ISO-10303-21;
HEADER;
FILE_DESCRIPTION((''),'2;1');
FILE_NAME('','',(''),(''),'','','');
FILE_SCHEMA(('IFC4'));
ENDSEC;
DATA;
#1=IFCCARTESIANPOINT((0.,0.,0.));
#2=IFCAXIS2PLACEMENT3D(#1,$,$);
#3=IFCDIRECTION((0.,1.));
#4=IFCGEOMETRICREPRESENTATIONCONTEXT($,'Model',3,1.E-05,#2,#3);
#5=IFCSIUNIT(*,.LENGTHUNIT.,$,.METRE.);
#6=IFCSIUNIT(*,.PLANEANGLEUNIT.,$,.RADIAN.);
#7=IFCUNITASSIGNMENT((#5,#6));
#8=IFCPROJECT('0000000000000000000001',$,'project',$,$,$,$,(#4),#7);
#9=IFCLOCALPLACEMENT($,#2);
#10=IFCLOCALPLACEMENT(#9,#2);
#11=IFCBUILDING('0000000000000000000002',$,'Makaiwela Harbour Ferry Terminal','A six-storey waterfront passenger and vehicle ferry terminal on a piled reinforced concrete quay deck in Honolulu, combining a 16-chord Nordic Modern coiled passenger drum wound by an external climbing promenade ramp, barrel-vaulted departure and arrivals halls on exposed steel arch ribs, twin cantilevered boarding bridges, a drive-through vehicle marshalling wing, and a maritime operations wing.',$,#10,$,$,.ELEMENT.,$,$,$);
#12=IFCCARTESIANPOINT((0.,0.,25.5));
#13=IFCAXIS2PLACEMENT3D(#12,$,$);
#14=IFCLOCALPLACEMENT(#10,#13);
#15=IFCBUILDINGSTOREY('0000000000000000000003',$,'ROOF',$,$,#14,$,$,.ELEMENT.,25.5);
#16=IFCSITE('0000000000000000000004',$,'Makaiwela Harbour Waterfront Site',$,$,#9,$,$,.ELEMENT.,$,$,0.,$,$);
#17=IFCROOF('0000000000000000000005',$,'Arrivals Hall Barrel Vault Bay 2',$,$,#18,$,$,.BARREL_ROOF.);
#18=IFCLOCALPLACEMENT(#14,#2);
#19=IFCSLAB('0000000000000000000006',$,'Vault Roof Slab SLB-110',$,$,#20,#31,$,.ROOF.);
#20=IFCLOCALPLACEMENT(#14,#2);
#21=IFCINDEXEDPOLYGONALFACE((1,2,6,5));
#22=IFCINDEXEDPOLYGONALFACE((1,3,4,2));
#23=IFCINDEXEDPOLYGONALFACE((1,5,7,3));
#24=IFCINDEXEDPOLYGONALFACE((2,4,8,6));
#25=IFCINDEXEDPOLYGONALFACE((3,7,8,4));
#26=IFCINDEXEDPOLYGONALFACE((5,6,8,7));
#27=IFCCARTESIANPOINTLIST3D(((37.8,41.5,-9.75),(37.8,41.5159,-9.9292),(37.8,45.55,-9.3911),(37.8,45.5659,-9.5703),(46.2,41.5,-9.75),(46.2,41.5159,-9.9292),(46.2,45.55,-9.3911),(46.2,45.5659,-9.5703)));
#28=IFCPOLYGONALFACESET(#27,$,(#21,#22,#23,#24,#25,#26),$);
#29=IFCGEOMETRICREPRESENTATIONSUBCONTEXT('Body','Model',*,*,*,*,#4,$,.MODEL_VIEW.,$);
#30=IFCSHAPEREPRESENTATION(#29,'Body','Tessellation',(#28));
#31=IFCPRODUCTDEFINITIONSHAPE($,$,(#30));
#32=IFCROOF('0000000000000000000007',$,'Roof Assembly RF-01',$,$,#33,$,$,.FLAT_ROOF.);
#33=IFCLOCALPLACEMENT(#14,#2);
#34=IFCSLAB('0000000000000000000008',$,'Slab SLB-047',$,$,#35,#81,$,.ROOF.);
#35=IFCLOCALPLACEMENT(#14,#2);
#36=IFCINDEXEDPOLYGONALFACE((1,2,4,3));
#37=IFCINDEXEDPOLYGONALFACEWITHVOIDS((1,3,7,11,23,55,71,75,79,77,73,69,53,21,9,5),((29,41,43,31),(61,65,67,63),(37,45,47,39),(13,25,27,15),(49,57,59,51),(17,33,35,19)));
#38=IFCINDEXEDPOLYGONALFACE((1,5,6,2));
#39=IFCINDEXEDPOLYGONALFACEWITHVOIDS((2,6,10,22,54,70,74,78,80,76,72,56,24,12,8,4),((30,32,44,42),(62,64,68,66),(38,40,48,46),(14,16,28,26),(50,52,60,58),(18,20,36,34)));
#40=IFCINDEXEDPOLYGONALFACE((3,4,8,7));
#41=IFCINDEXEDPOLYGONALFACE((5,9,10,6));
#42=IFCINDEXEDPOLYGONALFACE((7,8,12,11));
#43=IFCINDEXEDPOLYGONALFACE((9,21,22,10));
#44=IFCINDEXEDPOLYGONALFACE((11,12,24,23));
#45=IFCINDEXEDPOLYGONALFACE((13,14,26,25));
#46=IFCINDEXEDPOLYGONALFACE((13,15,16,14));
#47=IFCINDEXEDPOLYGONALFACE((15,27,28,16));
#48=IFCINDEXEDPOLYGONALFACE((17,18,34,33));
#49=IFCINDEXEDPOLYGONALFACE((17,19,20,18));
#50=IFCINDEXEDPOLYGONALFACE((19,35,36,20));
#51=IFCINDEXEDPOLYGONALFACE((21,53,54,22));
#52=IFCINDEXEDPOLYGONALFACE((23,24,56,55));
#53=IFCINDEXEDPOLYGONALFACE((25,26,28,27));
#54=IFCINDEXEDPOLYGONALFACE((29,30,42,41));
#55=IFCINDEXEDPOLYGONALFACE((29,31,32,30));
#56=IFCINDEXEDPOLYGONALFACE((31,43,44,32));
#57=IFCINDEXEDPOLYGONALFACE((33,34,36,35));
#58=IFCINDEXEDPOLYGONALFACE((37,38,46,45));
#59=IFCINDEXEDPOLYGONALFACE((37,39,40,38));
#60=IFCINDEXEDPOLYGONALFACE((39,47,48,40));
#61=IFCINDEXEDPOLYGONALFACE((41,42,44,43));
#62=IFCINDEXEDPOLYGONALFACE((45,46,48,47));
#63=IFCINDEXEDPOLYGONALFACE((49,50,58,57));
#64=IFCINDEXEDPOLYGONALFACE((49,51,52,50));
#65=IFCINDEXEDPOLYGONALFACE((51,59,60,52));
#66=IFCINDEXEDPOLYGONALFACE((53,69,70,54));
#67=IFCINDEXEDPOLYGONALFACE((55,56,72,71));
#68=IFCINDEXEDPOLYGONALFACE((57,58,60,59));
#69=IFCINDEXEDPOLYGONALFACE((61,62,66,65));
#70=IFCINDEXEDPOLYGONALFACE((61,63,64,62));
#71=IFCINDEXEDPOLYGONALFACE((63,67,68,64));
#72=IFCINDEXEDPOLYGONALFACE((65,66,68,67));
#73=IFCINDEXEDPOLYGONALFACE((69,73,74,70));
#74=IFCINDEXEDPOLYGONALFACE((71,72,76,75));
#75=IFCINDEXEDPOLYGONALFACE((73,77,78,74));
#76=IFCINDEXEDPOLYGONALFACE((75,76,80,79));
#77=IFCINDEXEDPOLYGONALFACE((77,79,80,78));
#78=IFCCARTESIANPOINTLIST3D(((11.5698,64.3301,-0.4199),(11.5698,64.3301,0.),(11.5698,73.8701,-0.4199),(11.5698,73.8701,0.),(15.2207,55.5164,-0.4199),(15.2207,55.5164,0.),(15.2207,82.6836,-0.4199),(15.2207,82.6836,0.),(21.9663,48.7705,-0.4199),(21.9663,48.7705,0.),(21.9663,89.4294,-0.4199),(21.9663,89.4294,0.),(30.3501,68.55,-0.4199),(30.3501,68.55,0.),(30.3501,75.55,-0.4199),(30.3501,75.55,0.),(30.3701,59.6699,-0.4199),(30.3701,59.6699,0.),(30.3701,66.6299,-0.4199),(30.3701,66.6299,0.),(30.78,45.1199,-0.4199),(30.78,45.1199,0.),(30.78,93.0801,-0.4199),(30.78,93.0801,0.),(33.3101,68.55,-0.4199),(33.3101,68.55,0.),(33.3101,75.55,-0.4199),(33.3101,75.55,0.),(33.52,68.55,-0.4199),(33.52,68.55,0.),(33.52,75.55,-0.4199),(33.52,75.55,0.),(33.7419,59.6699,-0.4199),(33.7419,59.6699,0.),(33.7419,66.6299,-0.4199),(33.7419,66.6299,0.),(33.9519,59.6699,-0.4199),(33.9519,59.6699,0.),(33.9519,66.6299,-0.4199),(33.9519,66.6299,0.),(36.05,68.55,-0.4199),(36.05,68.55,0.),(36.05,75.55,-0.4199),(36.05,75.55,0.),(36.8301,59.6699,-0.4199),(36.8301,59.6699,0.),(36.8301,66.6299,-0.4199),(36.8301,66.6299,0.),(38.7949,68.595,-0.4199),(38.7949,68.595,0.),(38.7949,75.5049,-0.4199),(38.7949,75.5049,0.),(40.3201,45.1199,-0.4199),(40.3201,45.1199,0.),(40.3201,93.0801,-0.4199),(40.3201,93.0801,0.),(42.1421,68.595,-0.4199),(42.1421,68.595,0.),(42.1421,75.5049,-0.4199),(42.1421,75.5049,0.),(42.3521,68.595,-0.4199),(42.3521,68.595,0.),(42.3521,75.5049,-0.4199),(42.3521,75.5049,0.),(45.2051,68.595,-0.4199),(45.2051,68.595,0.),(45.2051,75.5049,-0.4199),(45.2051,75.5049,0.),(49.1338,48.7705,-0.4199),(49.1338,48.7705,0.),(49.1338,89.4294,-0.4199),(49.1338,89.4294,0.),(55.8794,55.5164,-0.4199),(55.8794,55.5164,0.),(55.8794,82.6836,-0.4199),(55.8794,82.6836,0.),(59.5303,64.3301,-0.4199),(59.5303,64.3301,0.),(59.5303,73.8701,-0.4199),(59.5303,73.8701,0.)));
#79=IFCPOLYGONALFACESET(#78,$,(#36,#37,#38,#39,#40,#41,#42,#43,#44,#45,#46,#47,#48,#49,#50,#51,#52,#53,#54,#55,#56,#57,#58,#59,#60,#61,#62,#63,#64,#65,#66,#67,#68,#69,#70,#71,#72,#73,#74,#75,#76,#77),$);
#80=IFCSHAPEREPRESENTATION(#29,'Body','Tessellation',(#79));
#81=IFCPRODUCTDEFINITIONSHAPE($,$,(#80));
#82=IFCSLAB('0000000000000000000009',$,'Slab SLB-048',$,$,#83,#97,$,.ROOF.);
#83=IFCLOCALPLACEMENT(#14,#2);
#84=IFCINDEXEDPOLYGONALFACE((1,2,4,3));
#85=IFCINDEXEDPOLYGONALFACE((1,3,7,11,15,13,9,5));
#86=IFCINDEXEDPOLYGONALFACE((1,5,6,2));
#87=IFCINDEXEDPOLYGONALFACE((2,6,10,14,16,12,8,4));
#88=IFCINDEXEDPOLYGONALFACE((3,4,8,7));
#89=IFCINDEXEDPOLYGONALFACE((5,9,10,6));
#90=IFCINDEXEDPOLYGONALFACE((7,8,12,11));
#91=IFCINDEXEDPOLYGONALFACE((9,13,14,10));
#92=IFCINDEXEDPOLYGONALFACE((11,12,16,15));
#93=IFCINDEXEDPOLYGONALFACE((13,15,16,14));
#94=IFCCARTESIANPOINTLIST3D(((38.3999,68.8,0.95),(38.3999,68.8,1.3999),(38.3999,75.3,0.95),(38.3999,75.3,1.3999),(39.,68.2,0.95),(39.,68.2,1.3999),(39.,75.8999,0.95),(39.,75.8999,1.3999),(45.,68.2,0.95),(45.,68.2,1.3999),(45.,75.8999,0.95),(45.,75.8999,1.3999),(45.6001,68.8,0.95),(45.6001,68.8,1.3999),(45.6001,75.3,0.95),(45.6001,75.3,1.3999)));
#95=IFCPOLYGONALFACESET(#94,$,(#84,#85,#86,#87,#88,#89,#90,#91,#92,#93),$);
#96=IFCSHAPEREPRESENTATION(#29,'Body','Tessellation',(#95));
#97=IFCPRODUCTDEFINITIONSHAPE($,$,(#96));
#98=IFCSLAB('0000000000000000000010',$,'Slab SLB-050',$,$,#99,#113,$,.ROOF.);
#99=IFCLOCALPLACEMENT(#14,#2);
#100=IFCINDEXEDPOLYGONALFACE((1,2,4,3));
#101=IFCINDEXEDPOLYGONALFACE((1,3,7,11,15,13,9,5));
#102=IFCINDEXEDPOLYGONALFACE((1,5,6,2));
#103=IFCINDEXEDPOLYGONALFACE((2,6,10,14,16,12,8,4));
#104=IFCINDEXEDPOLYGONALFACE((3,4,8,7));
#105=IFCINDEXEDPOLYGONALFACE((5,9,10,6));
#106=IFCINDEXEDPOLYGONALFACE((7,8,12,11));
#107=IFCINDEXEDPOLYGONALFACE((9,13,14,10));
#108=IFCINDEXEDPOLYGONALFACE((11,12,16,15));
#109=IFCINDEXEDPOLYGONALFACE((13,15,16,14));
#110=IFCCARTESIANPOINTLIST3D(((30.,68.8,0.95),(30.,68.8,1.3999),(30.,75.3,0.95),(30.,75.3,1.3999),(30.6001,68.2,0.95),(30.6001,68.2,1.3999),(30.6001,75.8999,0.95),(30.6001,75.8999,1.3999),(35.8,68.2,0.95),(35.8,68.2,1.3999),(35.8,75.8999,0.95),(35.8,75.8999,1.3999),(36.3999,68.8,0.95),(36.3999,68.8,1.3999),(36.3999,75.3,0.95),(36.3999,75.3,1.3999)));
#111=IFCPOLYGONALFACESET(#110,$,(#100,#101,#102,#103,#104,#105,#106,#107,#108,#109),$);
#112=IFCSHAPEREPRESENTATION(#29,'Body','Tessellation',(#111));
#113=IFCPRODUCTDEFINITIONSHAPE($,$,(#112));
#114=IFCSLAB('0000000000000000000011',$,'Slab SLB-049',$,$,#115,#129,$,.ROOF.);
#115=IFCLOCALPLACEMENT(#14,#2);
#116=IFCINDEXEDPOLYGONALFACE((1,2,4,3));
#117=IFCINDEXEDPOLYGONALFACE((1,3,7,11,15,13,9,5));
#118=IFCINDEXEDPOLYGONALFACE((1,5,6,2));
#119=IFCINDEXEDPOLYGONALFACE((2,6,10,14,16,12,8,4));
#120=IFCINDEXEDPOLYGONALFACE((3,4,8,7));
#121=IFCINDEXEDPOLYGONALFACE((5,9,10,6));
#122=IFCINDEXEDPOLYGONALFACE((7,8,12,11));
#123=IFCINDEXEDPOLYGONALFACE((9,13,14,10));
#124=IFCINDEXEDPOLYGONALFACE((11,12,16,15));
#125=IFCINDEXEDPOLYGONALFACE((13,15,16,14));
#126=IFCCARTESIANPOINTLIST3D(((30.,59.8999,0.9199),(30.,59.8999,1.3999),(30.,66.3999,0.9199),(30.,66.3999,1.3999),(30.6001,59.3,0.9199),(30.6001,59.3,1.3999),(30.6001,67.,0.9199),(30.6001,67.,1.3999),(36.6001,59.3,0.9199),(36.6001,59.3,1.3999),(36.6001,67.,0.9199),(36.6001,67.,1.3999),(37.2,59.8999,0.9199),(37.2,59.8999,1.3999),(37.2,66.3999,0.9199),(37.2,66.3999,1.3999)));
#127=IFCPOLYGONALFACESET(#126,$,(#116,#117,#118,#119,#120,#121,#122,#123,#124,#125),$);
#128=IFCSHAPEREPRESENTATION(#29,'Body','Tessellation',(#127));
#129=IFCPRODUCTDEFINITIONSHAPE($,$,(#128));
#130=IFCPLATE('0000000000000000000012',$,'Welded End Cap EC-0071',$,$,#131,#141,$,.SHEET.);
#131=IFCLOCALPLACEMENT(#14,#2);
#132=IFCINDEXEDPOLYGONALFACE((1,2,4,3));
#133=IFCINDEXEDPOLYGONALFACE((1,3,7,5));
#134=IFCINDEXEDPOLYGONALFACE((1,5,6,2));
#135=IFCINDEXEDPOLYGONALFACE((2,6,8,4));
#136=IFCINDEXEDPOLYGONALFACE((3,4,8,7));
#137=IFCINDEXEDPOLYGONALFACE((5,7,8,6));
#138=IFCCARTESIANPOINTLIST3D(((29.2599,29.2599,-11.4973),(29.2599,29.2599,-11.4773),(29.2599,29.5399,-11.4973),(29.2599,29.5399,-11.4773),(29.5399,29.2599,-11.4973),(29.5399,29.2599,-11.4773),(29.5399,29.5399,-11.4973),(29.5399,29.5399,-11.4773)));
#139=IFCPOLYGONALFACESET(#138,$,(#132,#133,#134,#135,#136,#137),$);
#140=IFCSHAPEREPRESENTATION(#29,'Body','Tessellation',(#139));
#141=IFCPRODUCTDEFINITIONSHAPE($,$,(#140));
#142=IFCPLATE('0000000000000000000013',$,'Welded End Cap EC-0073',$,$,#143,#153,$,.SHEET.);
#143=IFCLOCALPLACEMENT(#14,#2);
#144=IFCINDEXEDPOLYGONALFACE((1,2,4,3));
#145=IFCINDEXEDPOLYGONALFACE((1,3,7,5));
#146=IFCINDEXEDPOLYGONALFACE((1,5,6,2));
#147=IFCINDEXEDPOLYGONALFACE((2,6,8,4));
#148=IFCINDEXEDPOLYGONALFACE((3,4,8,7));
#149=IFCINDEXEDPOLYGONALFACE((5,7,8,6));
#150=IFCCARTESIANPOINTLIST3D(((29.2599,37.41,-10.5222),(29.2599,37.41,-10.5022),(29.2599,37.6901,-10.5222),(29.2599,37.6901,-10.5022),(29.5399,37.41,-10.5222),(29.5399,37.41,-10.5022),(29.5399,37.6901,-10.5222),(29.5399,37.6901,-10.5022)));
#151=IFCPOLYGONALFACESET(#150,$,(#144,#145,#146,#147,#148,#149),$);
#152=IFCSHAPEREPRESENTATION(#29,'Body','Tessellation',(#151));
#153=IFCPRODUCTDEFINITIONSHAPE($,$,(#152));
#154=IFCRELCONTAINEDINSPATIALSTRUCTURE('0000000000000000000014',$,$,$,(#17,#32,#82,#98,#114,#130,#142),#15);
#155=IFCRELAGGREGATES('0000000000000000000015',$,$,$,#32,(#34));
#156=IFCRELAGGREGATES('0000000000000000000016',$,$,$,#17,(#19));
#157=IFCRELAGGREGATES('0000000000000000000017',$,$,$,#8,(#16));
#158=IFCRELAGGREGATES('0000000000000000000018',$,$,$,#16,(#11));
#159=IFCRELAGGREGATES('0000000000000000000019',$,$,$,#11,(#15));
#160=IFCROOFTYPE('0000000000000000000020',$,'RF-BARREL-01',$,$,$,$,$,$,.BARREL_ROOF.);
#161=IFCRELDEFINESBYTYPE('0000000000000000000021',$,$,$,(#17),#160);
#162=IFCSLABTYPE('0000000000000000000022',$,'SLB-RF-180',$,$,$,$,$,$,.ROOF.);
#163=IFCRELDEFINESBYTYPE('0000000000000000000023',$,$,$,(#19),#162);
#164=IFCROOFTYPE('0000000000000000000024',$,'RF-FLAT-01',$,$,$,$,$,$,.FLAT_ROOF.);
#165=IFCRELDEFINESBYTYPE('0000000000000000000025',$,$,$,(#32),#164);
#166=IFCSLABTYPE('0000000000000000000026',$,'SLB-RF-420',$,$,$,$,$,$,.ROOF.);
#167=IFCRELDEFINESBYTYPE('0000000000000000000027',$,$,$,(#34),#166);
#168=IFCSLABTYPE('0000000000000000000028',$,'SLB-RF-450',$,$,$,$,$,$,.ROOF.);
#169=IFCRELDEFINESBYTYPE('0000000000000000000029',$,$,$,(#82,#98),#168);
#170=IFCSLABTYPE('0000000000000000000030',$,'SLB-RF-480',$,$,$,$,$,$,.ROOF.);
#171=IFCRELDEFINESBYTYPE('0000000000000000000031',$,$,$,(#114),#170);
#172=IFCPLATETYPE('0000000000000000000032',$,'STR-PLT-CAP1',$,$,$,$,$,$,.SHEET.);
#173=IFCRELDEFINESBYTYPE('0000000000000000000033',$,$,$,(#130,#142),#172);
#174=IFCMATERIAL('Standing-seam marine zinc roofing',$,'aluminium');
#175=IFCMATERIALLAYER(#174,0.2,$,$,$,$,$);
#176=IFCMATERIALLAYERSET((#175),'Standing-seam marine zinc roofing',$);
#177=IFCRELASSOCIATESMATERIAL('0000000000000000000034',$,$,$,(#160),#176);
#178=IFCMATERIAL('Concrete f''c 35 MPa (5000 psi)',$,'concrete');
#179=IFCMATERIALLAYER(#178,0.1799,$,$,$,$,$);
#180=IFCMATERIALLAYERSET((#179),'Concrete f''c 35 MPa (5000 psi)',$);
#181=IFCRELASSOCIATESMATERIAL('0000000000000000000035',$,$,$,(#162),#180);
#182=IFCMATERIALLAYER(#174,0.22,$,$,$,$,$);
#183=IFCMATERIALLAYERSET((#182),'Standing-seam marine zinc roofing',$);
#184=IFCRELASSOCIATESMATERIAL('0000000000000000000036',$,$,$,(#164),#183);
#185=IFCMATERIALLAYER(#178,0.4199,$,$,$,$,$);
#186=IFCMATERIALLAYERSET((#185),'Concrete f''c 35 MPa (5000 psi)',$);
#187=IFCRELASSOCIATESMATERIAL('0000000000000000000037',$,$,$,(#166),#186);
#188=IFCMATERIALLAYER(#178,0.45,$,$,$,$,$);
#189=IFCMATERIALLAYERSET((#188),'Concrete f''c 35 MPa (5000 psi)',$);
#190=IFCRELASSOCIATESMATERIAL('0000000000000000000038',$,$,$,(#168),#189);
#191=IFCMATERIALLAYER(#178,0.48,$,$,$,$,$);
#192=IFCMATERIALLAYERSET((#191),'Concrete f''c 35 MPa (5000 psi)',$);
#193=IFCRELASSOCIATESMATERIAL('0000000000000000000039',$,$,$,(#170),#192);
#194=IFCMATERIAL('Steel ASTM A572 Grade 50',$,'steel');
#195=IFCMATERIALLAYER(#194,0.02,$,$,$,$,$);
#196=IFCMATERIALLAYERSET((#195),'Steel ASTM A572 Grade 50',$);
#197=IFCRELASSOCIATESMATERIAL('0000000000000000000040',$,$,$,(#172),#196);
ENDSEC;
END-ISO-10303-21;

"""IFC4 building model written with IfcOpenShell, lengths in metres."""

from ifc_helpers import new_model, si_unit, direction, frame, origin, origin_2d, place, context, subcontext, project, spatial, polyline, rectangle, outline, extrude, material, layer, layer_set, type_object, element, aggregate, save


model = new_model("IFC4")

# Units and contexts
model_context = context("Model", 3, precision=1e-05, world=origin(), true_north=direction((0.0, 1.0)))
body_context = subcontext(model_context, "Body", "Model", "MODEL_VIEW")
ifc_project = project(units=[si_unit("LENGTHUNIT", "METRE"), si_unit("PLANEANGLEUNIT", "RADIAN")], contexts=[model_context])

# Site, building, storey
site_placement = place(None, origin())
site = spatial("IfcSite", under=ifc_project, at=site_placement, Name="Makaiwela Harbour Waterfront Site", CompositionType="ELEMENT", RefElevation=0.0)
building_placement = place(site_placement, origin())
building = spatial("IfcBuilding", under=site, at=building_placement, Name="Makaiwela Harbour Ferry Terminal", Description="A six-storey waterfront passenger and vehicle ferry terminal on a piled reinforced concrete quay deck in Honolulu, combining a 16-chord Nordic Modern coiled passenger drum wound by an external climbing promenade ramp, barrel-vaulted departure and arrivals halls on exposed steel arch ribs, twin cantilevered boarding bridges, a drive-through vehicle marshalling wing, and a maritime operations wing.", CompositionType="ELEMENT")
storey_placement = place(building_placement, frame((0.0, 0.0, 25.5)))
storey = spatial("IfcBuildingStorey", under=building, at=storey_placement, Name="ROOF", CompositionType="ELEMENT", Elevation=25.5)

# Roof, slab
ifc_material_1 = material(Name="Standing-seam marine zinc roofing", Category="aluminium")
ifc_layer_1 = layer(ifc_material_1, 0.2)
ifc_layer_set_1 = layer_set([ifc_layer_1], Name="Standing-seam marine zinc roofing")
roof_type_1 = type_object("IfcRoofType", Name="RF-BARREL-01", PredefinedType="BARREL_ROOF", material=ifc_layer_set_1)
ifc_material_2 = material(Name="Concrete f'c 35 MPa (5000 psi)", Category="concrete")
ifc_layer_2 = layer(ifc_material_2, 0.1799)
ifc_layer_set_2 = layer_set([ifc_layer_2], Name="Concrete f'c 35 MPa (5000 psi)")
slab_type_1 = type_object("IfcSlabType", Name="SLB-RF-180", PredefinedType="ROOF", material=ifc_layer_set_2)
roof_1_placement = place(storey_placement, origin())
roof_1 = element("IfcRoof", 1, at=roof_1_placement, inside=storey, type_object=roof_type_1, Name="Arrivals Hall Barrel Vault Bay 2", PredefinedType="BARREL_ROOF")
slab_1_placement = place(storey_placement, frame((37.8, 41.5, -9.75), z_axis=(0.0, -0.088267, 0.996097), x_axis=(1.0, 0.0, 0.0)))
slab_1 = element("IfcSlab", 2, at=slab_1_placement, type_object=slab_type_1, Name="Vault Roof Slab SLB-110", PredefinedType="ROOF", context=body_context, shape_type="SweptSolid", body=[
    extrude(outline(polyline([(0.0, 0.0), (8.3999, 0.0), (8.3999, 4.0659), (0.0, 4.0659), (0.0, 0.0)])), origin(), (0.0, 0.0, -1.0), 0.1799),
])

# Roof, slab
ifc_layer_3 = layer(ifc_material_1, 0.22)
ifc_layer_set_3 = layer_set([ifc_layer_3], Name="Standing-seam marine zinc roofing")
roof_type_2 = type_object("IfcRoofType", Name="RF-FLAT-01", PredefinedType="FLAT_ROOF", material=ifc_layer_set_3)
roof_2_placement = place(storey_placement, origin())
roof_2 = element("IfcRoof", 3, at=roof_2_placement, inside=storey, type_object=roof_type_2, Name="Roof Assembly RF-01", PredefinedType="FLAT_ROOF")
ifc_layer_4 = layer(ifc_material_2, 0.4199)
ifc_layer_set_4 = layer_set([ifc_layer_4], Name="Concrete f'c 35 MPa (5000 psi)")
slab_type_2 = type_object("IfcSlabType", Name="SLB-RF-420", PredefinedType="ROOF", material=ifc_layer_set_4)
slab_2_placement = place(storey_placement, frame((0.0, 0.0, -0.4199)))
slab_2 = element("IfcSlab", 4, at=slab_2_placement, type_object=slab_type_2, Name="Slab SLB-047", PredefinedType="ROOF", context=body_context, shape_type="SweptSolid", body=[
    extrude(outline(polyline([(59.5303, 73.8701), (55.8794, 82.6836), (49.1338, 89.4294), (40.3201, 93.0801), (30.78, 93.0801), (21.9663, 89.4294), (15.2207, 82.6836), (11.5698, 73.8701), (11.5698, 64.3301), (15.2207, 55.5164), (21.9663, 48.7705), (30.78, 45.1199), (40.3201, 45.1199), (49.1338, 48.7705), (55.8794, 55.5164), (59.5303, 64.3301), (59.5303, 73.8701)]), holes=[polyline([(38.7949, 68.595), (38.7949, 75.5049), (42.1421, 75.5049), (42.1421, 68.595), (38.7949, 68.595)]), polyline([(42.3521, 68.595), (42.3521, 75.5049), (45.2051, 75.5049), (45.2051, 68.595), (42.3521, 68.595)]), polyline([(30.3701, 59.6699), (30.3701, 66.6299), (33.7419, 66.6299), (33.7419, 59.6699), (30.3701, 59.6699)]), polyline([(33.9519, 59.6699), (33.9519, 66.6299), (36.8301, 66.6299), (36.8301, 59.6699), (33.9519, 59.6699)]), polyline([(30.3501, 68.55), (30.3501, 75.55), (33.3101, 75.55), (33.3101, 68.55), (30.3501, 68.55)]), polyline([(33.52, 68.55), (33.52, 75.55), (36.05, 75.55), (36.05, 68.55), (33.52, 68.55)])]), origin(), (0.0, 0.0, 1.0), 0.4199),
])

# Slabs
ifc_layer_5 = layer(ifc_material_2, 0.45)
ifc_layer_set_5 = layer_set([ifc_layer_5], Name="Concrete f'c 35 MPa (5000 psi)")
slab_type_3 = type_object("IfcSlabType", Name="SLB-RF-450", PredefinedType="ROOF", material=ifc_layer_set_5)
slab_3_placement = place(storey_placement, frame((0.0, 0.0, 0.95)))
element("IfcSlab", 5, at=slab_3_placement, inside=storey, type_object=slab_type_3, Name="Slab SLB-048", PredefinedType="ROOF", context=body_context, shape_type="SweptSolid", body=[
    extrude(outline(polyline([(39.0, 68.2), (45.0, 68.2), (45.6001, 68.8), (45.6001, 75.3), (45.0, 75.8999), (39.0, 75.8999), (38.3999, 75.3), (38.3999, 68.8), (39.0, 68.2)])), origin(), (0.0, 0.0, 1.0), 0.45),
])
slab_4_placement = place(storey_placement, frame((0.0, 0.0, 0.95)))
element("IfcSlab", 6, at=slab_4_placement, inside=storey, type_object=slab_type_3, Name="Slab SLB-050", PredefinedType="ROOF", context=body_context, shape_type="SweptSolid", body=[
    extrude(outline(polyline([(30.6001, 68.2), (35.8, 68.2), (36.3999, 68.8), (36.3999, 75.3), (35.8, 75.8999), (30.6001, 75.8999), (30.0, 75.3), (30.0, 68.8), (30.6001, 68.2)])), origin(), (0.0, 0.0, 1.0), 0.45),
])
ifc_layer_6 = layer(ifc_material_2, 0.48)
ifc_layer_set_6 = layer_set([ifc_layer_6], Name="Concrete f'c 35 MPa (5000 psi)")
slab_type_4 = type_object("IfcSlabType", Name="SLB-RF-480", PredefinedType="ROOF", material=ifc_layer_set_6)
slab_5_placement = place(storey_placement, frame((0.0, 0.0, 0.9199)))
element("IfcSlab", 7, at=slab_5_placement, inside=storey, type_object=slab_type_4, Name="Slab SLB-049", PredefinedType="ROOF", context=body_context, shape_type="SweptSolid", body=[
    extrude(outline(polyline([(30.6001, 59.3), (36.6001, 59.3), (37.2, 59.8999), (37.2, 66.3999), (36.6001, 67.0), (30.6001, 67.0), (30.0, 66.3999), (30.0, 59.8999), (30.6001, 59.3)])), origin(), (0.0, 0.0, 1.0), 0.48),
])

# Plates
ifc_material_3 = material(Name="Steel ASTM A572 Grade 50", Category="steel")
ifc_layer_7 = layer(ifc_material_3, 0.02)
ifc_layer_set_7 = layer_set([ifc_layer_7], Name="Steel ASTM A572 Grade 50")
plate_type = type_object("IfcPlateType", Name="STR-PLT-CAP1", PredefinedType="SHEET", material=ifc_layer_set_7)
for number, where, z_axis, x_axis, name in (
    (8, (29.3999, 29.3999, -11.4973), (0.0, 0.0, 1.0), (0.0, 1.0, 0.0), "Welded End Cap EC-0071"),
    (9, (29.3999, 37.55, -10.5222), (0.0, 0.0, 1.0), (0.0, 1.0, 0.0), "Welded End Cap EC-0073"),
):
    element("IfcPlate", number, at=place(storey_placement, frame(where, z_axis=z_axis, x_axis=x_axis)), inside=storey, type_object=plate_type, Name=name, PredefinedType="SHEET", context=body_context, shape_type="SweptSolid", body=[
        extrude(rectangle(XDim=0.28, YDim=0.28, at=origin_2d()), origin(), (0.0, 0.0, 1.0), 0.02),
    ])

aggregate(roof_2, [slab_2])
aggregate(roof_1, [slab_1])

save(model, "model.ifc")
